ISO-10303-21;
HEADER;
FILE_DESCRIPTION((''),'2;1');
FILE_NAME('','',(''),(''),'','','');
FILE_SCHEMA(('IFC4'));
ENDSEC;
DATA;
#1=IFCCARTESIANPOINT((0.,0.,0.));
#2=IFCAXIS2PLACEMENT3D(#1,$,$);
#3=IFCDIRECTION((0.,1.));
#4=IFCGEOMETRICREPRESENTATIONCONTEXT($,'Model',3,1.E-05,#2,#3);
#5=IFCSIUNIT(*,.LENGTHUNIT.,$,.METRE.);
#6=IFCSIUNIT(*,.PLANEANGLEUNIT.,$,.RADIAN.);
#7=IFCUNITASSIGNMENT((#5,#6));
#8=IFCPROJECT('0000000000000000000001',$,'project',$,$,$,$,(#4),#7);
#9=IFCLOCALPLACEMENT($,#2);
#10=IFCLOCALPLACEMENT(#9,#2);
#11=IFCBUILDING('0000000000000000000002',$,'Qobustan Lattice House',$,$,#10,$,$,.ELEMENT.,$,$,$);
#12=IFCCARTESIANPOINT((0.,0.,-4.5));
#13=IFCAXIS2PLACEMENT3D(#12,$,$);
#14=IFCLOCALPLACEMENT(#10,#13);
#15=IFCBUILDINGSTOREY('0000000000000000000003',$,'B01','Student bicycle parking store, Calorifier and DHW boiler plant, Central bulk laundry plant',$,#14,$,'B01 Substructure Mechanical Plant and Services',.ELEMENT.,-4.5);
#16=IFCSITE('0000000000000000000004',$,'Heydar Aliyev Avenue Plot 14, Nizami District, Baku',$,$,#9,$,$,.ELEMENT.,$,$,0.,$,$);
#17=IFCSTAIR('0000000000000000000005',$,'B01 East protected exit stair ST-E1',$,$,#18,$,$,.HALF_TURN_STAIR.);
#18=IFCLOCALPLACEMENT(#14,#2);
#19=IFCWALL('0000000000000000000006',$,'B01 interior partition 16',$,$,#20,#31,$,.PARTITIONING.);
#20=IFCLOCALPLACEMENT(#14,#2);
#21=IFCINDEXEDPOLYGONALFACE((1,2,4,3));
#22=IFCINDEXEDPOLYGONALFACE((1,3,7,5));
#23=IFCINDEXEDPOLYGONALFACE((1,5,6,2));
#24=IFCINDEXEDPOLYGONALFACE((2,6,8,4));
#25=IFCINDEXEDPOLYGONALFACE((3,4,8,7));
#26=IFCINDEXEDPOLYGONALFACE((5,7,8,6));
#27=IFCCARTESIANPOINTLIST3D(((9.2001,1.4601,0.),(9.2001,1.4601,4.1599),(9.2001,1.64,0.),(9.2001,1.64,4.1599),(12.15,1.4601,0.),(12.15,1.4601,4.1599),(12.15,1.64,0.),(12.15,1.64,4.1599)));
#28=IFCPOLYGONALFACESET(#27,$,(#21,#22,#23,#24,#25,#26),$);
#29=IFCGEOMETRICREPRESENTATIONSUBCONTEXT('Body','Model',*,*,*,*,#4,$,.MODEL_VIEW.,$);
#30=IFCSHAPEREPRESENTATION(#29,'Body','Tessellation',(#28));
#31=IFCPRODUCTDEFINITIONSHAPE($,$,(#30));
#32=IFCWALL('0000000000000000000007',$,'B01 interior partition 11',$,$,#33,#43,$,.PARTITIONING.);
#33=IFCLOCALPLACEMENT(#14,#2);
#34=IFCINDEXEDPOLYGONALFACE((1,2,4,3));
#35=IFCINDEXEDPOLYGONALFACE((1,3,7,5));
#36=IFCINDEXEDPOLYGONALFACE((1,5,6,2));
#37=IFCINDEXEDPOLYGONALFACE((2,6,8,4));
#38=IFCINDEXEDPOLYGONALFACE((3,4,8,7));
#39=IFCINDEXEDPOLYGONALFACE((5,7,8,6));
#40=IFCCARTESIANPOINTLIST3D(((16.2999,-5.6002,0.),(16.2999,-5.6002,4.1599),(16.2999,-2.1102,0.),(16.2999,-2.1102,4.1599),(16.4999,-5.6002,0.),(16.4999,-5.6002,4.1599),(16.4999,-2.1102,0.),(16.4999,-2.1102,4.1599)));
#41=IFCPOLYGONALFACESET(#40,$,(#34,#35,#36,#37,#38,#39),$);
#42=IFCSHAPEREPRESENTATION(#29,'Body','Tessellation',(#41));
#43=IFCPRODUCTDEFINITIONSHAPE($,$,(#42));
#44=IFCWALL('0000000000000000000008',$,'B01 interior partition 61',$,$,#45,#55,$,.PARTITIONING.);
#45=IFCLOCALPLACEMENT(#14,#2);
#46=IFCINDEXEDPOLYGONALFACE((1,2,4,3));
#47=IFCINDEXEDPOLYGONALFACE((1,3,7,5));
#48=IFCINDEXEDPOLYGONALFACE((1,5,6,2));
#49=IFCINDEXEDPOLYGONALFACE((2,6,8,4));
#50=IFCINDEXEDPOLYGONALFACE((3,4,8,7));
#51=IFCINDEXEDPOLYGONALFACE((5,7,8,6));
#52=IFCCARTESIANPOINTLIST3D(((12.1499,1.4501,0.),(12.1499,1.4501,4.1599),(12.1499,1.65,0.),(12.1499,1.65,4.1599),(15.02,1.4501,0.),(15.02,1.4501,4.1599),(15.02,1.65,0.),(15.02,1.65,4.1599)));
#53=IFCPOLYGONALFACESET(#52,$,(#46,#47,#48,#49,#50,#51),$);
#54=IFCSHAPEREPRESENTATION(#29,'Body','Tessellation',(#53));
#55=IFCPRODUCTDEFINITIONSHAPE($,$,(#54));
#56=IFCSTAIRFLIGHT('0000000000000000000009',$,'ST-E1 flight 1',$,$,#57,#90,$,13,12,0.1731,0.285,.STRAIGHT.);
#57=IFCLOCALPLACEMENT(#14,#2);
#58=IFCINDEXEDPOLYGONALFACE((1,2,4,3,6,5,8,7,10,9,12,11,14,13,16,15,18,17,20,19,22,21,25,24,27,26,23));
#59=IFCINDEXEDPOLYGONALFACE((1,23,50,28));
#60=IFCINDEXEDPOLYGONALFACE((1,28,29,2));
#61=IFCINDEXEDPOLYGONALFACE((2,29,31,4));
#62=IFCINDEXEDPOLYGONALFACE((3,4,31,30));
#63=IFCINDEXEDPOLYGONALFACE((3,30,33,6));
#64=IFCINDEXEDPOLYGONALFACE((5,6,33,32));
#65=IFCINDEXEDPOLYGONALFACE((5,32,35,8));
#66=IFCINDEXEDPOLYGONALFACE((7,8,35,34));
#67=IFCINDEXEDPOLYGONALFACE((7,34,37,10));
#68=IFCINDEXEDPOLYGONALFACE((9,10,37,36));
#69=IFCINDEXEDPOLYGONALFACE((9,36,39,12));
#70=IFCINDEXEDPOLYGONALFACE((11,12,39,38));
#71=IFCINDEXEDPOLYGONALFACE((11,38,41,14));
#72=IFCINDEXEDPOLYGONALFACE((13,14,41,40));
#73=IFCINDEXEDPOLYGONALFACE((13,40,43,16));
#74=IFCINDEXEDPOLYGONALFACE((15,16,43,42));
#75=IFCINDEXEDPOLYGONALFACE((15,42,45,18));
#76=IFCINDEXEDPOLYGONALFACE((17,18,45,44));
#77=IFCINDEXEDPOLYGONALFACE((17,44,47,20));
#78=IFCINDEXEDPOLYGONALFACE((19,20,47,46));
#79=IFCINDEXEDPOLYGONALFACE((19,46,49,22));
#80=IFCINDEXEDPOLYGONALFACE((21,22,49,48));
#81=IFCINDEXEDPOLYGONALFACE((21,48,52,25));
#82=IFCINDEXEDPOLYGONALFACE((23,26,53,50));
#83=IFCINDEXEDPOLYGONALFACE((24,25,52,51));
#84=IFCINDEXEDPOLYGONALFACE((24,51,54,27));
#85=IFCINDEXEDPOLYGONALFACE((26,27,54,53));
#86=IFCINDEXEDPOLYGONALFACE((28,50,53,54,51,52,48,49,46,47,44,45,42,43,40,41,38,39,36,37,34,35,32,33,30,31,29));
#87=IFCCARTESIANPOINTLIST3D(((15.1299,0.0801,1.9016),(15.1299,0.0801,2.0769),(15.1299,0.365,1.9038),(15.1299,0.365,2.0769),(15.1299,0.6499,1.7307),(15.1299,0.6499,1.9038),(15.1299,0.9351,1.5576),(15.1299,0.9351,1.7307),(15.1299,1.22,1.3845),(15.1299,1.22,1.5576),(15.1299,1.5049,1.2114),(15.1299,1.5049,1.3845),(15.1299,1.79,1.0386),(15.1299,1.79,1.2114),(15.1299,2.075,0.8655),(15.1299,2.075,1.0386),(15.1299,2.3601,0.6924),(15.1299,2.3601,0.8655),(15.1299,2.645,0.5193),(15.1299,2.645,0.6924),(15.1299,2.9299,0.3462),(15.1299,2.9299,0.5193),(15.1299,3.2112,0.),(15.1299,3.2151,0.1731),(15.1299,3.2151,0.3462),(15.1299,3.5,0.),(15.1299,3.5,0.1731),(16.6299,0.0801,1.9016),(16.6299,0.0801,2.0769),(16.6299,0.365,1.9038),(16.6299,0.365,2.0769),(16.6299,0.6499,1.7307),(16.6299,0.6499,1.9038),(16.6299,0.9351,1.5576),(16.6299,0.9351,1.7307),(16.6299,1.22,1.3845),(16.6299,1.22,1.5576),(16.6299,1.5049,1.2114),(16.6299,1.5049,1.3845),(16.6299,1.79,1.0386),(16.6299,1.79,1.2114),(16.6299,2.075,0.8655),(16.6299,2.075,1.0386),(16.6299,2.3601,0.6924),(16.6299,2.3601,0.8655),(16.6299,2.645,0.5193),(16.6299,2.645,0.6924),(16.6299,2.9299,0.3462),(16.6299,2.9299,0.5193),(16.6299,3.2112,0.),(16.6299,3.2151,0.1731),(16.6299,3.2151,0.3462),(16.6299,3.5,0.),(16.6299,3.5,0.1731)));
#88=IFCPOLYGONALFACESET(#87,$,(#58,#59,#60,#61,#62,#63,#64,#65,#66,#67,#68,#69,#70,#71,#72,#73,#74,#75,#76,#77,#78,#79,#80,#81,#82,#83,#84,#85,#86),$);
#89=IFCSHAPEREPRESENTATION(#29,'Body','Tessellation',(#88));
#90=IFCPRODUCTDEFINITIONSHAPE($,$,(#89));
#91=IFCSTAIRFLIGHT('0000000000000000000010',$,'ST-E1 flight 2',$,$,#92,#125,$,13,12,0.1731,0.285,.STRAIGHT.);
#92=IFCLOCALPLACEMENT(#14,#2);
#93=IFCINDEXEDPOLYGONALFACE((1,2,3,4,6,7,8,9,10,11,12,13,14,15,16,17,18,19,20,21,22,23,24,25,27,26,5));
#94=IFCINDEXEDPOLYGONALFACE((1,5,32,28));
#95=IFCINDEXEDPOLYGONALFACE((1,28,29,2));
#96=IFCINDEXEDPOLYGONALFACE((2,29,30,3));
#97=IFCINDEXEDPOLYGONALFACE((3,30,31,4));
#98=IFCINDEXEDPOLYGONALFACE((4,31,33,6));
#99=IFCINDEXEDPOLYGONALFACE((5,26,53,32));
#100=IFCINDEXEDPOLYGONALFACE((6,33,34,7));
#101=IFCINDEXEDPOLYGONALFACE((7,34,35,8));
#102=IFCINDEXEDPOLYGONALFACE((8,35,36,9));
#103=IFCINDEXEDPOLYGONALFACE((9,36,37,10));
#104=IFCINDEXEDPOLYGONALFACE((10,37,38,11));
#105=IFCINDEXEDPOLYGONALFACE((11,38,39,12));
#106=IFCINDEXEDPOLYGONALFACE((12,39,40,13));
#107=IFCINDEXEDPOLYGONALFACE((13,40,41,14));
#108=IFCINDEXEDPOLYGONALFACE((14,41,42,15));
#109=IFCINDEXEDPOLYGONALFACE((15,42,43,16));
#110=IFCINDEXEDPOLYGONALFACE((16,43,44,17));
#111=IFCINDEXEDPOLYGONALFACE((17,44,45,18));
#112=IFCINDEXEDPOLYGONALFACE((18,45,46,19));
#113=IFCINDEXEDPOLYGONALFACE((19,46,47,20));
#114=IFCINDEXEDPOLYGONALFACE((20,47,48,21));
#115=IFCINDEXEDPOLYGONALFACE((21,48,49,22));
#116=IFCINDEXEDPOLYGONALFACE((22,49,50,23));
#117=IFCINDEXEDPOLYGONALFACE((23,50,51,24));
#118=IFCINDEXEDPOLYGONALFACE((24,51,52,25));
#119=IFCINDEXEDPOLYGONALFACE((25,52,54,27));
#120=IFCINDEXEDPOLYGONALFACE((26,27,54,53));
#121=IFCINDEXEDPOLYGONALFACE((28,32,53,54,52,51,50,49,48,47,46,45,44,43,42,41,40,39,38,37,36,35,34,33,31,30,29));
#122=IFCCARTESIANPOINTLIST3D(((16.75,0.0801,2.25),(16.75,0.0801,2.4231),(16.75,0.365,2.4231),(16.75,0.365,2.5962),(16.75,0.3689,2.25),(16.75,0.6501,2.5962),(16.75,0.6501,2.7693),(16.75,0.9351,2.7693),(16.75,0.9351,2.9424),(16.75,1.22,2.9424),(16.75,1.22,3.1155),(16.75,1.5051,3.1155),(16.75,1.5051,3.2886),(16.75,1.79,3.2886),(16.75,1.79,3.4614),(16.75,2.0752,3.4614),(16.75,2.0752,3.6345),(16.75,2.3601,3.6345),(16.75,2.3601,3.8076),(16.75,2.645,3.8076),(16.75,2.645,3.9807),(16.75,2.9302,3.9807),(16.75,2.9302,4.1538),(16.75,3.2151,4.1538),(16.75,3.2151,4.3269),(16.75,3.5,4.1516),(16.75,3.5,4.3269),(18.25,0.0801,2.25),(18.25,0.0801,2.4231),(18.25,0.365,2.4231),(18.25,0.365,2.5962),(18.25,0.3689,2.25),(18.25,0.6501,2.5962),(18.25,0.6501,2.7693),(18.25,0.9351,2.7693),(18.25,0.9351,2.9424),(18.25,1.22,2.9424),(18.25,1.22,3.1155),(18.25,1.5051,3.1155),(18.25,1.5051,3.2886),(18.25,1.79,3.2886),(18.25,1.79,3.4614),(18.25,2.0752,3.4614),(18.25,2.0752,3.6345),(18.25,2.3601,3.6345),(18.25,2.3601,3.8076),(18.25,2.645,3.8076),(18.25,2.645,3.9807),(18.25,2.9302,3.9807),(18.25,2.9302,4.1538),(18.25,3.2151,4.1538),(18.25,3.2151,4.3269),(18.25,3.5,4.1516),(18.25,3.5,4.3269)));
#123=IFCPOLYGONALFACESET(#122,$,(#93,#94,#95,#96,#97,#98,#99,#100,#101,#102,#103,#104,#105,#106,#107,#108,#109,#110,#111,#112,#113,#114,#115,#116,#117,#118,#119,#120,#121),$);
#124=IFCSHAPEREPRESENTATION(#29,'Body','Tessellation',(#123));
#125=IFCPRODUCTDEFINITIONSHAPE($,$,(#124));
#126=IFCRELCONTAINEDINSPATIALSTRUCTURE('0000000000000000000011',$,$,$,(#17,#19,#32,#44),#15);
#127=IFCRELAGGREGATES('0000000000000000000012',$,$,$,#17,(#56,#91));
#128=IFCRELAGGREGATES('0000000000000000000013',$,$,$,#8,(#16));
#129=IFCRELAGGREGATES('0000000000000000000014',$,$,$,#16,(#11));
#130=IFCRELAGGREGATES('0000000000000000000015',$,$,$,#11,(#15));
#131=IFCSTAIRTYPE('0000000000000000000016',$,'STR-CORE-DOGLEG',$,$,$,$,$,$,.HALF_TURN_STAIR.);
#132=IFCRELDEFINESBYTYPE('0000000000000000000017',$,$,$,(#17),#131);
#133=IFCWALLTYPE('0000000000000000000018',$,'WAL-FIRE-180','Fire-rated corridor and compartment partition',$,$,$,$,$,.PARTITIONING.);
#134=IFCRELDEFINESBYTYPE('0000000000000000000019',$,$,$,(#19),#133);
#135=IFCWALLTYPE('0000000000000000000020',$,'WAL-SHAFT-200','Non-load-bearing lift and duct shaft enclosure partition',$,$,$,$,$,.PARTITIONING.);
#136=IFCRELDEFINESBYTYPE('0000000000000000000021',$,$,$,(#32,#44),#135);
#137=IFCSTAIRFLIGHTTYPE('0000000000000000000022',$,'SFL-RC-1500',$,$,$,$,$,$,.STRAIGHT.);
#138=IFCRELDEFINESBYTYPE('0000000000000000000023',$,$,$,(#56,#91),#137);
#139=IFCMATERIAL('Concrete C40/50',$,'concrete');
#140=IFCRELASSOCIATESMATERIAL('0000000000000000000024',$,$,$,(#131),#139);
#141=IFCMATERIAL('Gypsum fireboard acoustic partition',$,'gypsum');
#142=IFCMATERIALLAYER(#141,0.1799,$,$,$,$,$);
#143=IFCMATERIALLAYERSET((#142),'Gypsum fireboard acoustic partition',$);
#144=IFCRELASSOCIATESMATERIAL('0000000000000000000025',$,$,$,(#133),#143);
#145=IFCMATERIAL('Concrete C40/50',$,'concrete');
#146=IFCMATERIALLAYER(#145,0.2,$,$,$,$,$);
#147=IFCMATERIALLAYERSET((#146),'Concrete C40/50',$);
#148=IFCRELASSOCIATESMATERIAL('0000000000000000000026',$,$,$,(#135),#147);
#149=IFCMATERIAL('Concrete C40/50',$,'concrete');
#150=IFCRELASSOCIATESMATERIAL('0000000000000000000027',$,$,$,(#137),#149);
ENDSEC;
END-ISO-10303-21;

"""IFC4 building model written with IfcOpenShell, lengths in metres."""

from ifc_helpers import new_model, si_unit, direction, frame, frame_2d, origin, place, context, subcontext, project, spatial, polyline, rectangle, outline, extrude, material, layer, layer_set, type_object, element, aggregate, save


model = new_model("IFC4")

# Units and contexts
model_context = context("Model", 3, precision=1e-05, world=origin(), true_north=direction((0.0, 1.0)))
body_context = subcontext(model_context, "Body", "Model", "MODEL_VIEW")
ifc_project = project(units=[si_unit("LENGTHUNIT", "METRE"), si_unit("PLANEANGLEUNIT", "RADIAN")], contexts=[model_context])

# Site, building, storey
site_placement = place(None, origin())
site = spatial("IfcSite", under=ifc_project, at=site_placement, Name="Heydar Aliyev Avenue Plot 14, Nizami District, Baku", CompositionType="ELEMENT", RefElevation=0.0)
building_placement = place(site_placement, origin())
building = spatial("IfcBuilding", under=site, at=building_placement, Name="Qobustan Lattice House", CompositionType="ELEMENT")
storey_placement = place(building_placement, frame((0.0, 0.0, -4.5)))
storey = spatial("IfcBuildingStorey", under=building, at=storey_placement, Name="B01", Description="Student bicycle parking store, Calorifier and DHW boiler plant, Central bulk laundry plant", LongName="B01 Substructure Mechanical Plant and Services", CompositionType="ELEMENT", Elevation=-4.5)

# Stair
ifc_material_1 = material(Name="Concrete C40/50", Category="concrete")
stair_type = type_object("IfcStairType", Name="STR-CORE-DOGLEG", PredefinedType="HALF_TURN_STAIR", material=ifc_material_1)
stair_1_placement = place(storey_placement, origin())
stair_1 = element("IfcStair", 1, at=stair_1_placement, inside=storey, type_object=stair_type, Name="B01 East protected exit stair ST-E1", PredefinedType="HALF_TURN_STAIR")

# Walls
ifc_material_2 = material(Name="Gypsum fireboard acoustic partition", Category="gypsum")
ifc_layer_1 = layer(ifc_material_2, 0.1799)
ifc_layer_set_1 = layer_set([ifc_layer_1], Name="Gypsum fireboard acoustic partition")
wall_type_1 = type_object("IfcWallType", Name="WAL-FIRE-180", Description="Fire-rated corridor and compartment partition", PredefinedType="PARTITIONING", material=ifc_layer_set_1)
wall_1_placement = place(storey_placement, frame((9.2, 1.55, 0.0), z_axis=(0.0, 0.0, 1.0), x_axis=(1.0, 0.0, 0.0)))
element("IfcWall", 2, at=wall_1_placement, inside=storey, type_object=wall_type_1, Name="B01 interior partition 16", PredefinedType="PARTITIONING", context=body_context, shape_type="SweptSolid", body=[
    extrude(rectangle(XDim=2.95, YDim=0.1799, at=frame_2d((1.4751, 0.0))), origin(), (0.0, 0.0, 1.0), 4.1599),
])
ifc_material_3 = material(Name="Concrete C40/50", Category="concrete")
ifc_layer_2 = layer(ifc_material_3, 0.2)
ifc_layer_set_2 = layer_set([ifc_layer_2], Name="Concrete C40/50")
wall_type_2 = type_object("IfcWallType", Name="WAL-SHAFT-200", Description="Non-load-bearing lift and duct shaft enclosure partition", PredefinedType="PARTITIONING", material=ifc_layer_set_2)
wall_2_placement = place(storey_placement, frame((16.3999, -2.1101, 0.0), z_axis=(0.0, 0.0, 1.0), x_axis=(0.0, -1.0, 0.0)))
element("IfcWall", 3, at=wall_2_placement, inside=storey, type_object=wall_type_2, Name="B01 interior partition 11", PredefinedType="PARTITIONING", context=body_context, shape_type="SweptSolid", body=[
    extrude(rectangle(XDim=3.49, YDim=0.2, at=frame_2d((1.7451, 0.0))), origin(), (0.0, 0.0, 1.0), 4.1599),
])
wall_3_placement = place(storey_placement, frame((12.1499, 1.55, 0.0), z_axis=(0.0, 0.0, 1.0), x_axis=(1.0, 0.0, 0.0)))
element("IfcWall", 4, at=wall_3_placement, inside=storey, type_object=wall_type_2, Name="B01 interior partition 61", PredefinedType="PARTITIONING", context=body_context, shape_type="SweptSolid", body=[
    extrude(rectangle(XDim=2.8701, YDim=0.2, at=frame_2d((1.4351, 0.0))), origin(), (0.0, 0.0, 1.0), 4.1599),
])

# Stair flights
ifc_material_4 = material(Name="Concrete C40/50", Category="concrete")
stair_flight_type = type_object("IfcStairFlightType", Name="SFL-RC-1500", PredefinedType="STRAIGHT", material=ifc_material_4)
stair_flight_1_placement = place(storey_placement, frame((15.8799, 3.5, 0.0), z_axis=(0.0, 0.0, 1.0), x_axis=(0.0, -1.0, 0.0)))
stair_flight_1 = element("IfcStairFlight", 5, at=stair_flight_1_placement, type_object=stair_flight_type, Name="ST-E1 flight 1", NumberOfRisers=13, NumberOfTreads=12, PredefinedType="STRAIGHT", RiserHeight=0.1731, TreadLength=0.285, context=body_context, shape_type="SweptSolid", body=[
    extrude(outline(polyline([(0.0, 0.0), (0.0, 0.1731), (0.2849, 0.1731), (0.2849, 0.3462), (0.5701, 0.3462), (0.5701, 0.5193), (0.855, 0.5193), (0.855, 0.6924), (1.1399, 0.6924), (1.1399, 0.8655), (1.425, 0.8655), (1.425, 1.0386), (1.71, 1.0386), (1.71, 1.2114), (1.9951, 1.2114), (1.9951, 1.3845), (2.28, 1.3845), (2.28, 1.5576), (2.5649, 1.5576), (2.5649, 1.7307), (2.8501, 1.7307), (2.8501, 1.9038), (3.135, 1.9038), (3.135, 2.0769), (3.4199, 2.0769), (3.4199, 2.25), (3.4199, 1.9016), (0.2888, 0.0), (0.0, 0.0)])), frame((0.0, 0.75, 0.0), z_axis=(0.0, -1.0, 0.0), x_axis=(1.0, 0.0, 0.0)), (0.0, 0.0, 1.0), 1.5),
])
stair_flight_2_placement = place(storey_placement, frame((17.5, 0.0801, 2.25), z_axis=(0.0, 0.0, 1.0), x_axis=(0.0, 1.0, 0.0)))
stair_flight_2 = element("IfcStairFlight", 6, at=stair_flight_2_placement, type_object=stair_flight_type, Name="ST-E1 flight 2", NumberOfRisers=13, NumberOfTreads=12, PredefinedType="STRAIGHT", RiserHeight=0.1731, TreadLength=0.285, context=body_context, shape_type="SweptSolid", body=[
    extrude(outline(polyline([(0.0, 0.0), (0.0, 0.1731), (0.2849, 0.1731), (0.2849, 0.3462), (0.5701, 0.3462), (0.5701, 0.5193), (0.855, 0.5193), (0.855, 0.6924), (1.1399, 0.6924), (1.1399, 0.8655), (1.425, 0.8655), (1.425, 1.0386), (1.71, 1.0386), (1.71, 1.2114), (1.9951, 1.2114), (1.9951, 1.3845), (2.28, 1.3845), (2.28, 1.5576), (2.5649, 1.5576), (2.5649, 1.7307), (2.8501, 1.7307), (2.8501, 1.9038), (3.135, 1.9038), (3.135, 2.0769), (3.4199, 2.0769), (3.4199, 2.25), (3.4199, 1.9016), (0.2888, 0.0), (0.0, 0.0)])), frame((0.0, 0.75, 0.0), z_axis=(0.0, -1.0, 0.0), x_axis=(1.0, 0.0, 0.0)), (0.0, 0.0, 1.0), 1.5),
])
aggregate(stair_1, [stair_flight_1, stair_flight_2])

save(model, "model.ifc")
